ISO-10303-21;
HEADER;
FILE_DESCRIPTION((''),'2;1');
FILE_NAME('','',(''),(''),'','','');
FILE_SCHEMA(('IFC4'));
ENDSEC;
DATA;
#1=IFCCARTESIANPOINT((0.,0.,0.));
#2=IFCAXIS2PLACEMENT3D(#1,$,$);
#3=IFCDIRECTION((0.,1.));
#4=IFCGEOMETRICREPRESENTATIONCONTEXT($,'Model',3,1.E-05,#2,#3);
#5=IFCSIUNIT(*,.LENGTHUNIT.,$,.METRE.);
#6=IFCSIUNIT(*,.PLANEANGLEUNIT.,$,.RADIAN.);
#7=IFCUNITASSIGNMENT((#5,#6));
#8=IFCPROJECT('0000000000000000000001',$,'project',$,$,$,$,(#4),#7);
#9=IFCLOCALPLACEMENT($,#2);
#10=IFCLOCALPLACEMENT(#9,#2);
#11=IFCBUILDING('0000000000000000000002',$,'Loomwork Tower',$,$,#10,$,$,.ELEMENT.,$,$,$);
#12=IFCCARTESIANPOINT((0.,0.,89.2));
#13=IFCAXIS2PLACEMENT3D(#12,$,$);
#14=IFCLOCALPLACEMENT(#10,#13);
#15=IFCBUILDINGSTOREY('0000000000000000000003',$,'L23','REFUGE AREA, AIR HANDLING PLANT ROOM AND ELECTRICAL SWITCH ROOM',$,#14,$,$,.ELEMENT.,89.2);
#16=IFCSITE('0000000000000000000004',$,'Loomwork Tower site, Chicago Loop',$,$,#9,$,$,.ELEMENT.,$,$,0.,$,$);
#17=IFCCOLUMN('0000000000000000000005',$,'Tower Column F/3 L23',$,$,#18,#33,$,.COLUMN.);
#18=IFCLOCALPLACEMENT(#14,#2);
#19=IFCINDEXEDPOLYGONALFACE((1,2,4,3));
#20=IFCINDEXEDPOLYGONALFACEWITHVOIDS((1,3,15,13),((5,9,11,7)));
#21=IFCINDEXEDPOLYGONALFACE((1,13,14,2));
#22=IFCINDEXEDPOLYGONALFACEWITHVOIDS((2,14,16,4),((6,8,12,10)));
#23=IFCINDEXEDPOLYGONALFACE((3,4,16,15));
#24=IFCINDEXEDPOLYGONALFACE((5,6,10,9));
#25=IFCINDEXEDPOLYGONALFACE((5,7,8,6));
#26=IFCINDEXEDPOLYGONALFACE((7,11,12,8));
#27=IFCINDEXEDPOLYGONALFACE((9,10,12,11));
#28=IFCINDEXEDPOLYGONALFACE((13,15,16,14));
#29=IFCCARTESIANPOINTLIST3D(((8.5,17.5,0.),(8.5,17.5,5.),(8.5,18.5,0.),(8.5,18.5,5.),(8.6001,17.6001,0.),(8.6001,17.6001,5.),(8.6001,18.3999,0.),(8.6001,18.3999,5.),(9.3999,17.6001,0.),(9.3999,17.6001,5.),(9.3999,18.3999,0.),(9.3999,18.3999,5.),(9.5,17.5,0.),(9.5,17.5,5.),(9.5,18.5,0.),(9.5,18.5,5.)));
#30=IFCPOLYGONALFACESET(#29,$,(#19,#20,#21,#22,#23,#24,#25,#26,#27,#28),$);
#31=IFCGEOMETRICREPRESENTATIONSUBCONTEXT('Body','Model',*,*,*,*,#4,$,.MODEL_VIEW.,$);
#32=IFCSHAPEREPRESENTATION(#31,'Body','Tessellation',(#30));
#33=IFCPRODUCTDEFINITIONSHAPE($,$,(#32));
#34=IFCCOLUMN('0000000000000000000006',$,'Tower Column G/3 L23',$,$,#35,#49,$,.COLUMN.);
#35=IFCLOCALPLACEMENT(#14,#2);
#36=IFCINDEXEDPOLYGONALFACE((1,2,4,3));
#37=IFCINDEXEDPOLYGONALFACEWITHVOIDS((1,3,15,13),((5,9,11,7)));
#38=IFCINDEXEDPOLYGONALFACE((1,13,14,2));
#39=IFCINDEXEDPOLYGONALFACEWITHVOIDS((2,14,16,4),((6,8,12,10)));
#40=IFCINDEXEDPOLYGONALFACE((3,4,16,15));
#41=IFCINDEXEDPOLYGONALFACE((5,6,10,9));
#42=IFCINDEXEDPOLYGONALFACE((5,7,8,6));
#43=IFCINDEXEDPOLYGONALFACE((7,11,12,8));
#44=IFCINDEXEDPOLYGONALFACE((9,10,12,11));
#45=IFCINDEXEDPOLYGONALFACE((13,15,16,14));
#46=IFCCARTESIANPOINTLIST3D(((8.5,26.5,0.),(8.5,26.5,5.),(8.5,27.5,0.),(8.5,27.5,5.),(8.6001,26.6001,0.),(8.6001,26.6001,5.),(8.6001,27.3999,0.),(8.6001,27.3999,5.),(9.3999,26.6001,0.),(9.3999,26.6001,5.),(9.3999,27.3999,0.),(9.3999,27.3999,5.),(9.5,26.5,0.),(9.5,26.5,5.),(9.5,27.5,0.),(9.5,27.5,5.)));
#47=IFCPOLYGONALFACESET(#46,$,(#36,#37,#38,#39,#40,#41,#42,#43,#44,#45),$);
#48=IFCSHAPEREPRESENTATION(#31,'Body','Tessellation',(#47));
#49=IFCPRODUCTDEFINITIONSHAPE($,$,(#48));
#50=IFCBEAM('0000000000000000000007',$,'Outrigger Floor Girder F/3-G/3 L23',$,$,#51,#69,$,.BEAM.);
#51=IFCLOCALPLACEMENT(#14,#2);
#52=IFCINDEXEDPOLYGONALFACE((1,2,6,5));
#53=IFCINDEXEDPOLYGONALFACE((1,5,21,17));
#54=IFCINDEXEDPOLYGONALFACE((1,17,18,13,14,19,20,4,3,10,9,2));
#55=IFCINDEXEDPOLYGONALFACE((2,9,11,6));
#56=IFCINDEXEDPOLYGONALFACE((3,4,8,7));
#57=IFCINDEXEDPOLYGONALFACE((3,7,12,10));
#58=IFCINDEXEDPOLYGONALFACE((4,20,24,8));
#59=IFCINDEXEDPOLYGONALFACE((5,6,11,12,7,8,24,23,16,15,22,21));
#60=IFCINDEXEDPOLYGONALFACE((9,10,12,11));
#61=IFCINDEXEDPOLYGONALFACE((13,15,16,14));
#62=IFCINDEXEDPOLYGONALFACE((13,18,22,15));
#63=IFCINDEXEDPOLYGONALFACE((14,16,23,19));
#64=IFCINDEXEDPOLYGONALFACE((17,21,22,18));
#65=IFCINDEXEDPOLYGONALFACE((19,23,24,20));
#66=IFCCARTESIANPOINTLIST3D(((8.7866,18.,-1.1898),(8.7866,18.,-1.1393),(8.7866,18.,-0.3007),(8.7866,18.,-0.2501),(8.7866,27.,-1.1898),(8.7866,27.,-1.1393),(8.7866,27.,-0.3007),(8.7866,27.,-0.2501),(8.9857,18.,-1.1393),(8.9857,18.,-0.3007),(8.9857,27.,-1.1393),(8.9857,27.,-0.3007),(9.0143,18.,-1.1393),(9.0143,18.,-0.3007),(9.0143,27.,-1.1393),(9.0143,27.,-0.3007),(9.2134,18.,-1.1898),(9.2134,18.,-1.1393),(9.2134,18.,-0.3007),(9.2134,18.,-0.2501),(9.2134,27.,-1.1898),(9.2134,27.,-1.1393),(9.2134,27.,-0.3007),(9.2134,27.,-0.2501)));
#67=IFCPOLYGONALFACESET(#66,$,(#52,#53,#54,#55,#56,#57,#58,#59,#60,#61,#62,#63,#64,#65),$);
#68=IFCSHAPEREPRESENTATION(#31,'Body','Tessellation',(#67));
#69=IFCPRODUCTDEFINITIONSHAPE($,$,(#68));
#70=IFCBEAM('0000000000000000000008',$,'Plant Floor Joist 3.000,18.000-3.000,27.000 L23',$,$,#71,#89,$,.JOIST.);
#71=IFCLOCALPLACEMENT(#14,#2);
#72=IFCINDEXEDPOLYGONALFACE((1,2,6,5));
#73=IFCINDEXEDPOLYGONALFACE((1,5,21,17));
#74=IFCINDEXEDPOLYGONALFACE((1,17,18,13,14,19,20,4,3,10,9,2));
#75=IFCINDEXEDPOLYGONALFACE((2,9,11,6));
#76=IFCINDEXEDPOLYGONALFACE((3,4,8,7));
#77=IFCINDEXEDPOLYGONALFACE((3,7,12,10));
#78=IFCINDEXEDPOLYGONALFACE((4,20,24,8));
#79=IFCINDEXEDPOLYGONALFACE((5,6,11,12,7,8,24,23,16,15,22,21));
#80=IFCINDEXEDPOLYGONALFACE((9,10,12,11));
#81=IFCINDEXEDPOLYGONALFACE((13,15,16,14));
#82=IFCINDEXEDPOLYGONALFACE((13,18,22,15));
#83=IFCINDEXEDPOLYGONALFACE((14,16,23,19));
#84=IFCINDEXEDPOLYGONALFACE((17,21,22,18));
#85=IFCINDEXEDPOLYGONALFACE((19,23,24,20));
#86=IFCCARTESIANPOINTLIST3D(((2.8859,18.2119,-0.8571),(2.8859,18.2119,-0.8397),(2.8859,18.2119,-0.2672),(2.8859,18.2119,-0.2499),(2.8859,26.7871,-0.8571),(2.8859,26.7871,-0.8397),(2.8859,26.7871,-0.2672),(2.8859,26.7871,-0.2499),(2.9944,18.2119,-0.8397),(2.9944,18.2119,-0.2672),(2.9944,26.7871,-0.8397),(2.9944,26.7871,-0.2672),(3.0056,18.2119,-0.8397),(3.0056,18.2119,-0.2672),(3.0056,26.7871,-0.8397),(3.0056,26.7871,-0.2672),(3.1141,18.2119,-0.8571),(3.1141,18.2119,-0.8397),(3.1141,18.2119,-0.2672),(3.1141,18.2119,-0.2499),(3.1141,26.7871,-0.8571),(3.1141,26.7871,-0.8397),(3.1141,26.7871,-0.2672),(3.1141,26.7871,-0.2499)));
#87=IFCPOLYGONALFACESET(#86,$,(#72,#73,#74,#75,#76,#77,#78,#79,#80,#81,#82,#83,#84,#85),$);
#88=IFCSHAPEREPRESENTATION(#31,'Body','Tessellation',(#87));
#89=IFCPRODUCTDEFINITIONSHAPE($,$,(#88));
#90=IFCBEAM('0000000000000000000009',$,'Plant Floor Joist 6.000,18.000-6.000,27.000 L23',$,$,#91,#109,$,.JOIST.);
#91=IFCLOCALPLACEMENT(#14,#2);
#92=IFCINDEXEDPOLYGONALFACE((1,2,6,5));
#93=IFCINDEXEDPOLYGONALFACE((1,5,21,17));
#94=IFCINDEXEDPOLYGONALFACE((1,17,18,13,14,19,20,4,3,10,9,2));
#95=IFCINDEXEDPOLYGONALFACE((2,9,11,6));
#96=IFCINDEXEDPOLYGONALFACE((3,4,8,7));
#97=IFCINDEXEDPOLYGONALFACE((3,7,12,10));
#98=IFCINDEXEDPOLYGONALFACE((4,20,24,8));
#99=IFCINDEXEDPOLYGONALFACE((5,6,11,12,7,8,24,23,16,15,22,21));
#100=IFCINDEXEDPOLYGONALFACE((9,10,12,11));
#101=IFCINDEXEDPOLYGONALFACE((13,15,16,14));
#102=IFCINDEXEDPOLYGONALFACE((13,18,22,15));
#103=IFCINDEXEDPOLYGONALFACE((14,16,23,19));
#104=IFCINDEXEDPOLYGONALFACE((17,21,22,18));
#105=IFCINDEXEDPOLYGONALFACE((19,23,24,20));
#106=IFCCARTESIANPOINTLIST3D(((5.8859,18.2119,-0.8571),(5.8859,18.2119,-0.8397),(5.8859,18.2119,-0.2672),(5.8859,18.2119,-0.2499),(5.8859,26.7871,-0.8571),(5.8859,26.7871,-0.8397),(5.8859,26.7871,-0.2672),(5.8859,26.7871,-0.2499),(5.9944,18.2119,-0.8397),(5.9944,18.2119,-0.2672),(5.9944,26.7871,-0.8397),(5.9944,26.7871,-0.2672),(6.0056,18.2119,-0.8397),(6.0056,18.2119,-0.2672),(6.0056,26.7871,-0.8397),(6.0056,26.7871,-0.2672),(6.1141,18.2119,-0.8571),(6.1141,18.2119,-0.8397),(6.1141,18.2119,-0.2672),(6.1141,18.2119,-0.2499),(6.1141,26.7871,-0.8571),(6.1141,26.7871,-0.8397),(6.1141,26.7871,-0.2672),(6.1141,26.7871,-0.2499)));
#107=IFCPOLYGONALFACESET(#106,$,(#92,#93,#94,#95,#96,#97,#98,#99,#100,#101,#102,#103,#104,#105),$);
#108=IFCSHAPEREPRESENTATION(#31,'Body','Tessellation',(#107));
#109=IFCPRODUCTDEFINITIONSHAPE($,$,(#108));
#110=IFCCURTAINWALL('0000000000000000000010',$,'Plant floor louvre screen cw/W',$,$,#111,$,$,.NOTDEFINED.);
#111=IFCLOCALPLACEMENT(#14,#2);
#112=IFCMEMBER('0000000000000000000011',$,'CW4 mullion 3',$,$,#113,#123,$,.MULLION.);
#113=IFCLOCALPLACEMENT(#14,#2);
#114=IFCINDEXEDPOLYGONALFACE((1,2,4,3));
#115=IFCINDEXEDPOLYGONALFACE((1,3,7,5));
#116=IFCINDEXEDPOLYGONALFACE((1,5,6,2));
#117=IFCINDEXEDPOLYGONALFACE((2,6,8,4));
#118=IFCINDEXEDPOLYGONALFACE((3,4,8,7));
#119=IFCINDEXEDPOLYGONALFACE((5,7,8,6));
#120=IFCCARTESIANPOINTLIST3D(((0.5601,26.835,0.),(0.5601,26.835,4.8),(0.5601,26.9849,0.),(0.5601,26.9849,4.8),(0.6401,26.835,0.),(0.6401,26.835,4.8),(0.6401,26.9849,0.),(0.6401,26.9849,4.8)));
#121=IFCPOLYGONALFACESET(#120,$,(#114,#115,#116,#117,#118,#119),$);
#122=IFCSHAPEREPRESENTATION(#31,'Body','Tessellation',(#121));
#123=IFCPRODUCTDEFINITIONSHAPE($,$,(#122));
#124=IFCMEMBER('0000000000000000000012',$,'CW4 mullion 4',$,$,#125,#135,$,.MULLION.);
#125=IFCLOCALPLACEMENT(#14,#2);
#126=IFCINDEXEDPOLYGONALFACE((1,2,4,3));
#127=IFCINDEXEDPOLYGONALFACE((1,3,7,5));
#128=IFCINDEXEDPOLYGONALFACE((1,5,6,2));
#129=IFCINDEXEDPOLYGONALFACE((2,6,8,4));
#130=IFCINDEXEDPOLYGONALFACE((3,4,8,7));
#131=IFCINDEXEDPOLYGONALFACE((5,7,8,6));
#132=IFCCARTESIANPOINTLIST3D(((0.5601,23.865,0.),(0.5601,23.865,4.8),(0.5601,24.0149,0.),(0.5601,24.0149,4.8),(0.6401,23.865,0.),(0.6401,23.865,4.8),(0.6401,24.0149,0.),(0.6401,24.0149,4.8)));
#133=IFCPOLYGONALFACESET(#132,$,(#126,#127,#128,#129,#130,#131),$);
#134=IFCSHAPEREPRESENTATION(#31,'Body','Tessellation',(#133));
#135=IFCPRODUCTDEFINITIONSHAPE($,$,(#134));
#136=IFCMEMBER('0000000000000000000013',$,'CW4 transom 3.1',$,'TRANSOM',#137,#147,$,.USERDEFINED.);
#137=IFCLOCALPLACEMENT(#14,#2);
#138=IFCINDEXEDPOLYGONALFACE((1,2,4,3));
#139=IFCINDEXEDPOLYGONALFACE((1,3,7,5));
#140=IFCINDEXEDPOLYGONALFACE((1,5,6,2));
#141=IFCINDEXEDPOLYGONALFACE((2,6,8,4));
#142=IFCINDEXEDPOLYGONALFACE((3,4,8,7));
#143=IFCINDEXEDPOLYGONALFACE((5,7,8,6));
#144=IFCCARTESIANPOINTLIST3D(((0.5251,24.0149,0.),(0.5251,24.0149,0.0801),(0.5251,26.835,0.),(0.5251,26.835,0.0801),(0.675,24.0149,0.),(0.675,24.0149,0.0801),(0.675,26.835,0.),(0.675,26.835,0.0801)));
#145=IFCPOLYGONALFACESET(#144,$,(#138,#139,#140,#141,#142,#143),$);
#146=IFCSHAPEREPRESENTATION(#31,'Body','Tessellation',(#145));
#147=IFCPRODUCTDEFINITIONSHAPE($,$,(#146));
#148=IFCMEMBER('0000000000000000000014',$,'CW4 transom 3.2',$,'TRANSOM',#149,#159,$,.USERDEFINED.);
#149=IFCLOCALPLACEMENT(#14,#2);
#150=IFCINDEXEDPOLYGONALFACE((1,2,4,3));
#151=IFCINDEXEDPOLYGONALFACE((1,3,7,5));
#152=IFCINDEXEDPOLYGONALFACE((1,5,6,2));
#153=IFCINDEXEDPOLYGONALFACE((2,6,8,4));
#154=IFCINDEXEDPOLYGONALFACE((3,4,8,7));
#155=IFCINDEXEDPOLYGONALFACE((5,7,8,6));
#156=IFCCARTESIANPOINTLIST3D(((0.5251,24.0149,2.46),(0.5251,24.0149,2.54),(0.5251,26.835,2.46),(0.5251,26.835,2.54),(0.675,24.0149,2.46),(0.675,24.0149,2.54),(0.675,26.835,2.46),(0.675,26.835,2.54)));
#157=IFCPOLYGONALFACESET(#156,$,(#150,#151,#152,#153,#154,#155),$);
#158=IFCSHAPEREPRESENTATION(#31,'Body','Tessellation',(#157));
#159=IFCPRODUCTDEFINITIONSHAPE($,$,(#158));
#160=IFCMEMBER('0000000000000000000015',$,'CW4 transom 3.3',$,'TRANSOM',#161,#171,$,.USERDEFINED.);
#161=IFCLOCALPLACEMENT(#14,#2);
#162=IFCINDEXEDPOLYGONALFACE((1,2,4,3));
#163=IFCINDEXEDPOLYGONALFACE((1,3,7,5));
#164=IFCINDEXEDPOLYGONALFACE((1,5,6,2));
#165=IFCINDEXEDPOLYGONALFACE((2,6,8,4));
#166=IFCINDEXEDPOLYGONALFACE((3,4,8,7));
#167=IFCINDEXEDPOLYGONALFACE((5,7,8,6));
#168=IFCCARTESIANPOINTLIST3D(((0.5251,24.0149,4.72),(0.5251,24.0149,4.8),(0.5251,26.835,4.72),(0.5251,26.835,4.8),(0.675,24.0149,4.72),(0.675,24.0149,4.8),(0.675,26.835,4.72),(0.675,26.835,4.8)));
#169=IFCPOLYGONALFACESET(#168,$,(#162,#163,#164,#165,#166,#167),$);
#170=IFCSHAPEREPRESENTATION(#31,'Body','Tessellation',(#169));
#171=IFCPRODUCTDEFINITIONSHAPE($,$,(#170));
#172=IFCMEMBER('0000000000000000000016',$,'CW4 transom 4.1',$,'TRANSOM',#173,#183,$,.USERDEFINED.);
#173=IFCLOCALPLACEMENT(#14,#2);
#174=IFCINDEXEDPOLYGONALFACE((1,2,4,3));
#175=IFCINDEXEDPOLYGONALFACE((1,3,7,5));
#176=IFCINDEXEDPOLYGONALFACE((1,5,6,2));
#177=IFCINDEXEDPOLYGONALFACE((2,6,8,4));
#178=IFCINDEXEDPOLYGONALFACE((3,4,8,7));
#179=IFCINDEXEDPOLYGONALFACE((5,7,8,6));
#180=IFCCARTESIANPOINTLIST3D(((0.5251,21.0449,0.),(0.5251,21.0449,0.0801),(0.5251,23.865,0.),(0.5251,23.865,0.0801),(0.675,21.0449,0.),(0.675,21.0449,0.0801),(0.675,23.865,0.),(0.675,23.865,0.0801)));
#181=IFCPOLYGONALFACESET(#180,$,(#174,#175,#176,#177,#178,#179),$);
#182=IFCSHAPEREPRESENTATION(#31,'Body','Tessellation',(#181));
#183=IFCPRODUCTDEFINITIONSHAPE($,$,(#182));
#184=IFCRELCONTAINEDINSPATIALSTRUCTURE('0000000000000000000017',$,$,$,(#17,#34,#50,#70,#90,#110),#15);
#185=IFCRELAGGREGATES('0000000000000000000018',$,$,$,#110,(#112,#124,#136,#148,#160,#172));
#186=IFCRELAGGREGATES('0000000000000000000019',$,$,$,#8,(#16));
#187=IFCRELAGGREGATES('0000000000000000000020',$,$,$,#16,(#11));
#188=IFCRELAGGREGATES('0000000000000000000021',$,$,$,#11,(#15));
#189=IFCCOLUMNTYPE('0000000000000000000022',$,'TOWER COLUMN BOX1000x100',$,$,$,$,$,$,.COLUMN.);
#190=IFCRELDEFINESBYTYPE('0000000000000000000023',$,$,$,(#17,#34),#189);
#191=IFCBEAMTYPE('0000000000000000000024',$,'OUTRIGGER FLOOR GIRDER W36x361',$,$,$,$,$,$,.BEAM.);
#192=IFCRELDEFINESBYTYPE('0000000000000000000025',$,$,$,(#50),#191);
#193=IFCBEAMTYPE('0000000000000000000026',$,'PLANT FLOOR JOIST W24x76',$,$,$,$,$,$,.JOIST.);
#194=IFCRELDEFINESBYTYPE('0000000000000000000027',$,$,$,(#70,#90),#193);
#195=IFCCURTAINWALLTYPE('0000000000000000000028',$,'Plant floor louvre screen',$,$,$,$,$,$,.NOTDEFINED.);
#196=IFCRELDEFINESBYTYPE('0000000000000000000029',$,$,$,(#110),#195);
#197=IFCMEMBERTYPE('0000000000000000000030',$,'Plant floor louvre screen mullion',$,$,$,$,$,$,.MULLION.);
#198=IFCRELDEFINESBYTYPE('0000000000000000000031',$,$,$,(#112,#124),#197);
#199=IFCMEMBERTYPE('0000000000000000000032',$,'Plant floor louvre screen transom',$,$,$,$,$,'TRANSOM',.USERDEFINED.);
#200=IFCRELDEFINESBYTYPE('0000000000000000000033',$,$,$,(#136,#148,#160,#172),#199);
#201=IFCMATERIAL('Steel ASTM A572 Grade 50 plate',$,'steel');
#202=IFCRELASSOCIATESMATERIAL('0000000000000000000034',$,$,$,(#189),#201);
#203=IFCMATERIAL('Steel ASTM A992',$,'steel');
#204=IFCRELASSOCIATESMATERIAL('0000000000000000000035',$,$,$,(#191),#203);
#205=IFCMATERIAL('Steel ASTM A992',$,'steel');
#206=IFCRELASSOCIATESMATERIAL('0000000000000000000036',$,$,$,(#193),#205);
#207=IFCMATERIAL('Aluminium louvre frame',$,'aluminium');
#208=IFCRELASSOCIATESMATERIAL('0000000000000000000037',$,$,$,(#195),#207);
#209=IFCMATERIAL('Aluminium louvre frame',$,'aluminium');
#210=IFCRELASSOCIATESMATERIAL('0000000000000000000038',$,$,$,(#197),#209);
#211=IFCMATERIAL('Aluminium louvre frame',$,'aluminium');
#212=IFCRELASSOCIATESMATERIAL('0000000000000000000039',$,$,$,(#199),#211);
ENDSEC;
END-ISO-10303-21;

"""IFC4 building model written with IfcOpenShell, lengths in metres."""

from ifc_helpers import new_model, si_unit, direction, frame, origin, origin_2d, place, context, subcontext, project, spatial, rectangle, hollow_rectangle, i_section, extrude, material, material_profile, profile_set, type_object, element, aggregate, save


model = new_model("IFC4")

# Units and contexts
model_context = context("Model", 3, precision=1e-05, world=origin(), true_north=direction((0.0, 1.0)))
body_context = subcontext(model_context, "Body", "Model", "MODEL_VIEW")
ifc_project = project(units=[si_unit("LENGTHUNIT", "METRE"), si_unit("PLANEANGLEUNIT", "RADIAN")], contexts=[model_context])

# Site, building, storey
site_placement = place(None, origin())
site = spatial("IfcSite", under=ifc_project, at=site_placement, Name="Loomwork Tower site, Chicago Loop", CompositionType="ELEMENT", RefElevation=0.0)
building_placement = place(site_placement, origin())
building = spatial("IfcBuilding", under=site, at=building_placement, Name="Loomwork Tower", CompositionType="ELEMENT")
storey_placement = place(building_placement, frame((0.0, 0.0, 89.2)))
storey = spatial("IfcBuildingStorey", under=building, at=storey_placement, Name="L23", Description="REFUGE AREA, AIR HANDLING PLANT ROOM AND ELECTRICAL SWITCH ROOM", CompositionType="ELEMENT", Elevation=89.2)

# Columns
ifc_material_1 = material(Name="Steel ASTM A572 Grade 50 plate", Category="steel")
ifc_material_profile_1 = material_profile(ifc_material_1, hollow_rectangle(XDim=1.0, YDim=1.0, WallThickness=0.1001, at=origin_2d()), Name="BOX1000x100")
ifc_profile_set_1 = profile_set([ifc_material_profile_1], Name="Steel ASTM A572 Grade 50 plate")
column_type = type_object("IfcColumnType", Name="TOWER COLUMN BOX1000x100", PredefinedType="COLUMN", material=ifc_profile_set_1)
for number, where, z_axis, x_axis, name in (
    (1, (9.0, 18.0, 0.0), (0.0, 0.0, 1.0), (1.0, 0.0, 0.0), "Tower Column F/3 L23"),
    (2, (9.0, 27.0, 0.0), (0.0, 0.0, 1.0), (1.0, 0.0, 0.0), "Tower Column G/3 L23"),
):
    element("IfcColumn", number, at=place(storey_placement, frame(where, z_axis=z_axis, x_axis=x_axis)), inside=storey, type_object=column_type, Name=name, PredefinedType="COLUMN", context=body_context, shape_type="SweptSolid", body=[
        extrude(hollow_rectangle(XDim=1.0, YDim=1.0, WallThickness=0.1001, at=origin_2d()), origin(), (0.0, 0.0, 1.0), 5.0),
    ])

# Beams
ifc_material_2 = material(Name="Steel ASTM A992", Category="steel")
ifc_material_profile_2 = material_profile(ifc_material_2, i_section(OverallWidth=0.4268, OverallDepth=0.9397, WebThickness=0.0286, FlangeThickness=0.0505, at=origin_2d()), Name="W36x361")
ifc_profile_set_2 = profile_set([ifc_material_profile_2], Name="Steel ASTM A992")
beam_type_1 = type_object("IfcBeamType", Name="OUTRIGGER FLOOR GIRDER W36x361", PredefinedType="BEAM", material=ifc_profile_set_2)
beam_placement = place(storey_placement, frame((9.0, 18.0, -0.72), z_axis=(0.0, 1.0, 0.0), x_axis=(-1.0, 0.0, 0.0)))
element("IfcBeam", 3, at=beam_placement, inside=storey, type_object=beam_type_1, Name="Outrigger Floor Girder F/3-G/3 L23", PredefinedType="BEAM", context=body_context, shape_type="SweptSolid", body=[
    extrude(i_section(OverallWidth=0.4268, OverallDepth=0.9397, WebThickness=0.0286, FlangeThickness=0.0505, at=origin_2d()), origin(), (0.0, 0.0, 1.0), 9.0),
])
ifc_material_3 = material(Name="Steel ASTM A992", Category="steel")
ifc_material_profile_3 = material_profile(ifc_material_3, i_section(OverallWidth=0.2283, OverallDepth=0.6072, WebThickness=0.0112, FlangeThickness=0.0173, at=origin_2d()), Name="W24x76")
ifc_profile_set_3 = profile_set([ifc_material_profile_3], Name="Steel ASTM A992")
beam_type_2 = type_object("IfcBeamType", Name="PLANT FLOOR JOIST W24x76", PredefinedType="JOIST", material=ifc_profile_set_3)
for number, where, z_axis, x_axis, name in (
    (4, (3.0, 18.2119, -0.5535), (0.0, 1.0, 0.0), (-1.0, 0.0, 0.0), "Plant Floor Joist 3.000,18.000-3.000,27.000 L23"),
    (5, (6.0, 18.2119, -0.5535), (0.0, 1.0, 0.0), (-1.0, 0.0, 0.0), "Plant Floor Joist 6.000,18.000-6.000,27.000 L23"),
):
    element("IfcBeam", number, at=place(storey_placement, frame(where, z_axis=z_axis, x_axis=x_axis)), inside=storey, type_object=beam_type_2, Name=name, PredefinedType="JOIST", context=body_context, shape_type="SweptSolid", body=[
        extrude(i_section(OverallWidth=0.2283, OverallDepth=0.6072, WebThickness=0.0112, FlangeThickness=0.0173, at=origin_2d()), origin(), (0.0, 0.0, 1.0), 8.5752),
    ])

# Curtain wall, members
ifc_material_4 = material(Name="Aluminium louvre frame", Category="aluminium")
curtain_wall_type = type_object("IfcCurtainWallType", Name="Plant floor louvre screen", PredefinedType="NOTDEFINED", material=ifc_material_4)
curtain_wall_placement = place(storey_placement, origin())
curtain_wall = element("IfcCurtainWall", 6, at=curtain_wall_placement, inside=storey, type_object=curtain_wall_type, Name="Plant floor louvre screen cw/W", PredefinedType="NOTDEFINED")
ifc_material_5 = material(Name="Aluminium louvre frame", Category="aluminium")
ifc_material_profile_4 = material_profile(ifc_material_5, rectangle(XDim=0.0801, YDim=0.1499, at=origin_2d()), Name="AL 80x150")
ifc_profile_set_4 = profile_set([ifc_material_profile_4], Name="Aluminium louvre frame")
member_type_1 = type_object("IfcMemberType", Name="Plant floor louvre screen mullion", PredefinedType="MULLION", material=ifc_profile_set_4)
member_1_placement = place(storey_placement, frame((0.6001, 26.9099, 0.0), z_axis=(0.0, 0.0, 1.0), x_axis=(1.0, 0.0, 0.0)))
member_1 = element("IfcMember", 7, at=member_1_placement, type_object=member_type_1, Name="CW4 mullion 3", PredefinedType="MULLION", context=body_context, shape_type="SweptSolid", body=[
    extrude(rectangle(XDim=0.0801, YDim=0.1499, at=origin_2d()), origin(), (0.0, 0.0, 1.0), 4.8),
])
member_2_placement = place(storey_placement, frame((0.6001, 23.9399, 0.0), z_axis=(0.0, 0.0, 1.0), x_axis=(1.0, 0.0, 0.0)))
member_2 = element("IfcMember", 8, at=member_2_placement, type_object=member_type_1, Name="CW4 mullion 4", PredefinedType="MULLION", context=body_context, shape_type="SweptSolid", body=[
    extrude(rectangle(XDim=0.0801, YDim=0.1499, at=origin_2d()), origin(), (0.0, 0.0, 1.0), 4.8),
])
ifc_material_6 = material(Name="Aluminium louvre frame", Category="aluminium")
ifc_material_profile_5 = material_profile(ifc_material_6, rectangle(XDim=0.1499, YDim=0.0801, at=origin_2d()), Name="AL 80x150")
ifc_profile_set_5 = profile_set([ifc_material_profile_5], Name="Aluminium louvre frame")
member_type_2 = type_object("IfcMemberType", Name="Plant floor louvre screen transom", ElementType="TRANSOM", PredefinedType="USERDEFINED", material=ifc_profile_set_5)
member_3_placement = place(storey_placement, frame((0.6001, 26.835, 0.04), z_axis=(0.0, -1.0, 0.0), x_axis=(1.0, 0.0, 0.0)))
member_3 = element("IfcMember", 9, at=member_3_placement, type_object=member_type_2, Name="CW4 transom 3.1", ObjectType="TRANSOM", PredefinedType="USERDEFINED", context=body_context, shape_type="SweptSolid", body=[
    extrude(rectangle(XDim=0.1499, YDim=0.0801, at=origin_2d()), origin(), (0.0, 0.0, 1.0), 2.8201),
])
member_4_placement = place(storey_placement, frame((0.6001, 26.835, 2.5), z_axis=(0.0, -1.0, 0.0), x_axis=(1.0, 0.0, 0.0)))
member_4 = element("IfcMember", 10, at=member_4_placement, type_object=member_type_2, Name="CW4 transom 3.2", ObjectType="TRANSOM", PredefinedType="USERDEFINED", context=body_context, shape_type="SweptSolid", body=[
    extrude(rectangle(XDim=0.1499, YDim=0.0801, at=origin_2d()), origin(), (0.0, 0.0, 1.0), 2.8201),
])
member_5_placement = place(storey_placement, frame((0.6001, 26.835, 4.76), z_axis=(0.0, -1.0, 0.0), x_axis=(1.0, 0.0, 0.0)))
member_5 = element("IfcMember", 11, at=member_5_placement, type_object=member_type_2, Name="CW4 transom 3.3", ObjectType="TRANSOM", PredefinedType="USERDEFINED", context=body_context, shape_type="SweptSolid", body=[
    extrude(rectangle(XDim=0.1499, YDim=0.0801, at=origin_2d()), origin(), (0.0, 0.0, 1.0), 2.8201),
])
member_6_placement = place(storey_placement, frame((0.6001, 23.865, 0.04), z_axis=(0.0, -1.0, 0.0), x_axis=(1.0, 0.0, 0.0)))
member_6 = element("IfcMember", 12, at=member_6_placement, type_object=member_type_2, Name="CW4 transom 4.1", ObjectType="TRANSOM", PredefinedType="USERDEFINED", context=body_context, shape_type="SweptSolid", body=[
    extrude(rectangle(XDim=0.1499, YDim=0.0801, at=origin_2d()), origin(), (0.0, 0.0, 1.0), 2.8201),
])

aggregate(curtain_wall, [member_1, member_2, member_3, member_4, member_5, member_6])

save(model, "model.ifc")
